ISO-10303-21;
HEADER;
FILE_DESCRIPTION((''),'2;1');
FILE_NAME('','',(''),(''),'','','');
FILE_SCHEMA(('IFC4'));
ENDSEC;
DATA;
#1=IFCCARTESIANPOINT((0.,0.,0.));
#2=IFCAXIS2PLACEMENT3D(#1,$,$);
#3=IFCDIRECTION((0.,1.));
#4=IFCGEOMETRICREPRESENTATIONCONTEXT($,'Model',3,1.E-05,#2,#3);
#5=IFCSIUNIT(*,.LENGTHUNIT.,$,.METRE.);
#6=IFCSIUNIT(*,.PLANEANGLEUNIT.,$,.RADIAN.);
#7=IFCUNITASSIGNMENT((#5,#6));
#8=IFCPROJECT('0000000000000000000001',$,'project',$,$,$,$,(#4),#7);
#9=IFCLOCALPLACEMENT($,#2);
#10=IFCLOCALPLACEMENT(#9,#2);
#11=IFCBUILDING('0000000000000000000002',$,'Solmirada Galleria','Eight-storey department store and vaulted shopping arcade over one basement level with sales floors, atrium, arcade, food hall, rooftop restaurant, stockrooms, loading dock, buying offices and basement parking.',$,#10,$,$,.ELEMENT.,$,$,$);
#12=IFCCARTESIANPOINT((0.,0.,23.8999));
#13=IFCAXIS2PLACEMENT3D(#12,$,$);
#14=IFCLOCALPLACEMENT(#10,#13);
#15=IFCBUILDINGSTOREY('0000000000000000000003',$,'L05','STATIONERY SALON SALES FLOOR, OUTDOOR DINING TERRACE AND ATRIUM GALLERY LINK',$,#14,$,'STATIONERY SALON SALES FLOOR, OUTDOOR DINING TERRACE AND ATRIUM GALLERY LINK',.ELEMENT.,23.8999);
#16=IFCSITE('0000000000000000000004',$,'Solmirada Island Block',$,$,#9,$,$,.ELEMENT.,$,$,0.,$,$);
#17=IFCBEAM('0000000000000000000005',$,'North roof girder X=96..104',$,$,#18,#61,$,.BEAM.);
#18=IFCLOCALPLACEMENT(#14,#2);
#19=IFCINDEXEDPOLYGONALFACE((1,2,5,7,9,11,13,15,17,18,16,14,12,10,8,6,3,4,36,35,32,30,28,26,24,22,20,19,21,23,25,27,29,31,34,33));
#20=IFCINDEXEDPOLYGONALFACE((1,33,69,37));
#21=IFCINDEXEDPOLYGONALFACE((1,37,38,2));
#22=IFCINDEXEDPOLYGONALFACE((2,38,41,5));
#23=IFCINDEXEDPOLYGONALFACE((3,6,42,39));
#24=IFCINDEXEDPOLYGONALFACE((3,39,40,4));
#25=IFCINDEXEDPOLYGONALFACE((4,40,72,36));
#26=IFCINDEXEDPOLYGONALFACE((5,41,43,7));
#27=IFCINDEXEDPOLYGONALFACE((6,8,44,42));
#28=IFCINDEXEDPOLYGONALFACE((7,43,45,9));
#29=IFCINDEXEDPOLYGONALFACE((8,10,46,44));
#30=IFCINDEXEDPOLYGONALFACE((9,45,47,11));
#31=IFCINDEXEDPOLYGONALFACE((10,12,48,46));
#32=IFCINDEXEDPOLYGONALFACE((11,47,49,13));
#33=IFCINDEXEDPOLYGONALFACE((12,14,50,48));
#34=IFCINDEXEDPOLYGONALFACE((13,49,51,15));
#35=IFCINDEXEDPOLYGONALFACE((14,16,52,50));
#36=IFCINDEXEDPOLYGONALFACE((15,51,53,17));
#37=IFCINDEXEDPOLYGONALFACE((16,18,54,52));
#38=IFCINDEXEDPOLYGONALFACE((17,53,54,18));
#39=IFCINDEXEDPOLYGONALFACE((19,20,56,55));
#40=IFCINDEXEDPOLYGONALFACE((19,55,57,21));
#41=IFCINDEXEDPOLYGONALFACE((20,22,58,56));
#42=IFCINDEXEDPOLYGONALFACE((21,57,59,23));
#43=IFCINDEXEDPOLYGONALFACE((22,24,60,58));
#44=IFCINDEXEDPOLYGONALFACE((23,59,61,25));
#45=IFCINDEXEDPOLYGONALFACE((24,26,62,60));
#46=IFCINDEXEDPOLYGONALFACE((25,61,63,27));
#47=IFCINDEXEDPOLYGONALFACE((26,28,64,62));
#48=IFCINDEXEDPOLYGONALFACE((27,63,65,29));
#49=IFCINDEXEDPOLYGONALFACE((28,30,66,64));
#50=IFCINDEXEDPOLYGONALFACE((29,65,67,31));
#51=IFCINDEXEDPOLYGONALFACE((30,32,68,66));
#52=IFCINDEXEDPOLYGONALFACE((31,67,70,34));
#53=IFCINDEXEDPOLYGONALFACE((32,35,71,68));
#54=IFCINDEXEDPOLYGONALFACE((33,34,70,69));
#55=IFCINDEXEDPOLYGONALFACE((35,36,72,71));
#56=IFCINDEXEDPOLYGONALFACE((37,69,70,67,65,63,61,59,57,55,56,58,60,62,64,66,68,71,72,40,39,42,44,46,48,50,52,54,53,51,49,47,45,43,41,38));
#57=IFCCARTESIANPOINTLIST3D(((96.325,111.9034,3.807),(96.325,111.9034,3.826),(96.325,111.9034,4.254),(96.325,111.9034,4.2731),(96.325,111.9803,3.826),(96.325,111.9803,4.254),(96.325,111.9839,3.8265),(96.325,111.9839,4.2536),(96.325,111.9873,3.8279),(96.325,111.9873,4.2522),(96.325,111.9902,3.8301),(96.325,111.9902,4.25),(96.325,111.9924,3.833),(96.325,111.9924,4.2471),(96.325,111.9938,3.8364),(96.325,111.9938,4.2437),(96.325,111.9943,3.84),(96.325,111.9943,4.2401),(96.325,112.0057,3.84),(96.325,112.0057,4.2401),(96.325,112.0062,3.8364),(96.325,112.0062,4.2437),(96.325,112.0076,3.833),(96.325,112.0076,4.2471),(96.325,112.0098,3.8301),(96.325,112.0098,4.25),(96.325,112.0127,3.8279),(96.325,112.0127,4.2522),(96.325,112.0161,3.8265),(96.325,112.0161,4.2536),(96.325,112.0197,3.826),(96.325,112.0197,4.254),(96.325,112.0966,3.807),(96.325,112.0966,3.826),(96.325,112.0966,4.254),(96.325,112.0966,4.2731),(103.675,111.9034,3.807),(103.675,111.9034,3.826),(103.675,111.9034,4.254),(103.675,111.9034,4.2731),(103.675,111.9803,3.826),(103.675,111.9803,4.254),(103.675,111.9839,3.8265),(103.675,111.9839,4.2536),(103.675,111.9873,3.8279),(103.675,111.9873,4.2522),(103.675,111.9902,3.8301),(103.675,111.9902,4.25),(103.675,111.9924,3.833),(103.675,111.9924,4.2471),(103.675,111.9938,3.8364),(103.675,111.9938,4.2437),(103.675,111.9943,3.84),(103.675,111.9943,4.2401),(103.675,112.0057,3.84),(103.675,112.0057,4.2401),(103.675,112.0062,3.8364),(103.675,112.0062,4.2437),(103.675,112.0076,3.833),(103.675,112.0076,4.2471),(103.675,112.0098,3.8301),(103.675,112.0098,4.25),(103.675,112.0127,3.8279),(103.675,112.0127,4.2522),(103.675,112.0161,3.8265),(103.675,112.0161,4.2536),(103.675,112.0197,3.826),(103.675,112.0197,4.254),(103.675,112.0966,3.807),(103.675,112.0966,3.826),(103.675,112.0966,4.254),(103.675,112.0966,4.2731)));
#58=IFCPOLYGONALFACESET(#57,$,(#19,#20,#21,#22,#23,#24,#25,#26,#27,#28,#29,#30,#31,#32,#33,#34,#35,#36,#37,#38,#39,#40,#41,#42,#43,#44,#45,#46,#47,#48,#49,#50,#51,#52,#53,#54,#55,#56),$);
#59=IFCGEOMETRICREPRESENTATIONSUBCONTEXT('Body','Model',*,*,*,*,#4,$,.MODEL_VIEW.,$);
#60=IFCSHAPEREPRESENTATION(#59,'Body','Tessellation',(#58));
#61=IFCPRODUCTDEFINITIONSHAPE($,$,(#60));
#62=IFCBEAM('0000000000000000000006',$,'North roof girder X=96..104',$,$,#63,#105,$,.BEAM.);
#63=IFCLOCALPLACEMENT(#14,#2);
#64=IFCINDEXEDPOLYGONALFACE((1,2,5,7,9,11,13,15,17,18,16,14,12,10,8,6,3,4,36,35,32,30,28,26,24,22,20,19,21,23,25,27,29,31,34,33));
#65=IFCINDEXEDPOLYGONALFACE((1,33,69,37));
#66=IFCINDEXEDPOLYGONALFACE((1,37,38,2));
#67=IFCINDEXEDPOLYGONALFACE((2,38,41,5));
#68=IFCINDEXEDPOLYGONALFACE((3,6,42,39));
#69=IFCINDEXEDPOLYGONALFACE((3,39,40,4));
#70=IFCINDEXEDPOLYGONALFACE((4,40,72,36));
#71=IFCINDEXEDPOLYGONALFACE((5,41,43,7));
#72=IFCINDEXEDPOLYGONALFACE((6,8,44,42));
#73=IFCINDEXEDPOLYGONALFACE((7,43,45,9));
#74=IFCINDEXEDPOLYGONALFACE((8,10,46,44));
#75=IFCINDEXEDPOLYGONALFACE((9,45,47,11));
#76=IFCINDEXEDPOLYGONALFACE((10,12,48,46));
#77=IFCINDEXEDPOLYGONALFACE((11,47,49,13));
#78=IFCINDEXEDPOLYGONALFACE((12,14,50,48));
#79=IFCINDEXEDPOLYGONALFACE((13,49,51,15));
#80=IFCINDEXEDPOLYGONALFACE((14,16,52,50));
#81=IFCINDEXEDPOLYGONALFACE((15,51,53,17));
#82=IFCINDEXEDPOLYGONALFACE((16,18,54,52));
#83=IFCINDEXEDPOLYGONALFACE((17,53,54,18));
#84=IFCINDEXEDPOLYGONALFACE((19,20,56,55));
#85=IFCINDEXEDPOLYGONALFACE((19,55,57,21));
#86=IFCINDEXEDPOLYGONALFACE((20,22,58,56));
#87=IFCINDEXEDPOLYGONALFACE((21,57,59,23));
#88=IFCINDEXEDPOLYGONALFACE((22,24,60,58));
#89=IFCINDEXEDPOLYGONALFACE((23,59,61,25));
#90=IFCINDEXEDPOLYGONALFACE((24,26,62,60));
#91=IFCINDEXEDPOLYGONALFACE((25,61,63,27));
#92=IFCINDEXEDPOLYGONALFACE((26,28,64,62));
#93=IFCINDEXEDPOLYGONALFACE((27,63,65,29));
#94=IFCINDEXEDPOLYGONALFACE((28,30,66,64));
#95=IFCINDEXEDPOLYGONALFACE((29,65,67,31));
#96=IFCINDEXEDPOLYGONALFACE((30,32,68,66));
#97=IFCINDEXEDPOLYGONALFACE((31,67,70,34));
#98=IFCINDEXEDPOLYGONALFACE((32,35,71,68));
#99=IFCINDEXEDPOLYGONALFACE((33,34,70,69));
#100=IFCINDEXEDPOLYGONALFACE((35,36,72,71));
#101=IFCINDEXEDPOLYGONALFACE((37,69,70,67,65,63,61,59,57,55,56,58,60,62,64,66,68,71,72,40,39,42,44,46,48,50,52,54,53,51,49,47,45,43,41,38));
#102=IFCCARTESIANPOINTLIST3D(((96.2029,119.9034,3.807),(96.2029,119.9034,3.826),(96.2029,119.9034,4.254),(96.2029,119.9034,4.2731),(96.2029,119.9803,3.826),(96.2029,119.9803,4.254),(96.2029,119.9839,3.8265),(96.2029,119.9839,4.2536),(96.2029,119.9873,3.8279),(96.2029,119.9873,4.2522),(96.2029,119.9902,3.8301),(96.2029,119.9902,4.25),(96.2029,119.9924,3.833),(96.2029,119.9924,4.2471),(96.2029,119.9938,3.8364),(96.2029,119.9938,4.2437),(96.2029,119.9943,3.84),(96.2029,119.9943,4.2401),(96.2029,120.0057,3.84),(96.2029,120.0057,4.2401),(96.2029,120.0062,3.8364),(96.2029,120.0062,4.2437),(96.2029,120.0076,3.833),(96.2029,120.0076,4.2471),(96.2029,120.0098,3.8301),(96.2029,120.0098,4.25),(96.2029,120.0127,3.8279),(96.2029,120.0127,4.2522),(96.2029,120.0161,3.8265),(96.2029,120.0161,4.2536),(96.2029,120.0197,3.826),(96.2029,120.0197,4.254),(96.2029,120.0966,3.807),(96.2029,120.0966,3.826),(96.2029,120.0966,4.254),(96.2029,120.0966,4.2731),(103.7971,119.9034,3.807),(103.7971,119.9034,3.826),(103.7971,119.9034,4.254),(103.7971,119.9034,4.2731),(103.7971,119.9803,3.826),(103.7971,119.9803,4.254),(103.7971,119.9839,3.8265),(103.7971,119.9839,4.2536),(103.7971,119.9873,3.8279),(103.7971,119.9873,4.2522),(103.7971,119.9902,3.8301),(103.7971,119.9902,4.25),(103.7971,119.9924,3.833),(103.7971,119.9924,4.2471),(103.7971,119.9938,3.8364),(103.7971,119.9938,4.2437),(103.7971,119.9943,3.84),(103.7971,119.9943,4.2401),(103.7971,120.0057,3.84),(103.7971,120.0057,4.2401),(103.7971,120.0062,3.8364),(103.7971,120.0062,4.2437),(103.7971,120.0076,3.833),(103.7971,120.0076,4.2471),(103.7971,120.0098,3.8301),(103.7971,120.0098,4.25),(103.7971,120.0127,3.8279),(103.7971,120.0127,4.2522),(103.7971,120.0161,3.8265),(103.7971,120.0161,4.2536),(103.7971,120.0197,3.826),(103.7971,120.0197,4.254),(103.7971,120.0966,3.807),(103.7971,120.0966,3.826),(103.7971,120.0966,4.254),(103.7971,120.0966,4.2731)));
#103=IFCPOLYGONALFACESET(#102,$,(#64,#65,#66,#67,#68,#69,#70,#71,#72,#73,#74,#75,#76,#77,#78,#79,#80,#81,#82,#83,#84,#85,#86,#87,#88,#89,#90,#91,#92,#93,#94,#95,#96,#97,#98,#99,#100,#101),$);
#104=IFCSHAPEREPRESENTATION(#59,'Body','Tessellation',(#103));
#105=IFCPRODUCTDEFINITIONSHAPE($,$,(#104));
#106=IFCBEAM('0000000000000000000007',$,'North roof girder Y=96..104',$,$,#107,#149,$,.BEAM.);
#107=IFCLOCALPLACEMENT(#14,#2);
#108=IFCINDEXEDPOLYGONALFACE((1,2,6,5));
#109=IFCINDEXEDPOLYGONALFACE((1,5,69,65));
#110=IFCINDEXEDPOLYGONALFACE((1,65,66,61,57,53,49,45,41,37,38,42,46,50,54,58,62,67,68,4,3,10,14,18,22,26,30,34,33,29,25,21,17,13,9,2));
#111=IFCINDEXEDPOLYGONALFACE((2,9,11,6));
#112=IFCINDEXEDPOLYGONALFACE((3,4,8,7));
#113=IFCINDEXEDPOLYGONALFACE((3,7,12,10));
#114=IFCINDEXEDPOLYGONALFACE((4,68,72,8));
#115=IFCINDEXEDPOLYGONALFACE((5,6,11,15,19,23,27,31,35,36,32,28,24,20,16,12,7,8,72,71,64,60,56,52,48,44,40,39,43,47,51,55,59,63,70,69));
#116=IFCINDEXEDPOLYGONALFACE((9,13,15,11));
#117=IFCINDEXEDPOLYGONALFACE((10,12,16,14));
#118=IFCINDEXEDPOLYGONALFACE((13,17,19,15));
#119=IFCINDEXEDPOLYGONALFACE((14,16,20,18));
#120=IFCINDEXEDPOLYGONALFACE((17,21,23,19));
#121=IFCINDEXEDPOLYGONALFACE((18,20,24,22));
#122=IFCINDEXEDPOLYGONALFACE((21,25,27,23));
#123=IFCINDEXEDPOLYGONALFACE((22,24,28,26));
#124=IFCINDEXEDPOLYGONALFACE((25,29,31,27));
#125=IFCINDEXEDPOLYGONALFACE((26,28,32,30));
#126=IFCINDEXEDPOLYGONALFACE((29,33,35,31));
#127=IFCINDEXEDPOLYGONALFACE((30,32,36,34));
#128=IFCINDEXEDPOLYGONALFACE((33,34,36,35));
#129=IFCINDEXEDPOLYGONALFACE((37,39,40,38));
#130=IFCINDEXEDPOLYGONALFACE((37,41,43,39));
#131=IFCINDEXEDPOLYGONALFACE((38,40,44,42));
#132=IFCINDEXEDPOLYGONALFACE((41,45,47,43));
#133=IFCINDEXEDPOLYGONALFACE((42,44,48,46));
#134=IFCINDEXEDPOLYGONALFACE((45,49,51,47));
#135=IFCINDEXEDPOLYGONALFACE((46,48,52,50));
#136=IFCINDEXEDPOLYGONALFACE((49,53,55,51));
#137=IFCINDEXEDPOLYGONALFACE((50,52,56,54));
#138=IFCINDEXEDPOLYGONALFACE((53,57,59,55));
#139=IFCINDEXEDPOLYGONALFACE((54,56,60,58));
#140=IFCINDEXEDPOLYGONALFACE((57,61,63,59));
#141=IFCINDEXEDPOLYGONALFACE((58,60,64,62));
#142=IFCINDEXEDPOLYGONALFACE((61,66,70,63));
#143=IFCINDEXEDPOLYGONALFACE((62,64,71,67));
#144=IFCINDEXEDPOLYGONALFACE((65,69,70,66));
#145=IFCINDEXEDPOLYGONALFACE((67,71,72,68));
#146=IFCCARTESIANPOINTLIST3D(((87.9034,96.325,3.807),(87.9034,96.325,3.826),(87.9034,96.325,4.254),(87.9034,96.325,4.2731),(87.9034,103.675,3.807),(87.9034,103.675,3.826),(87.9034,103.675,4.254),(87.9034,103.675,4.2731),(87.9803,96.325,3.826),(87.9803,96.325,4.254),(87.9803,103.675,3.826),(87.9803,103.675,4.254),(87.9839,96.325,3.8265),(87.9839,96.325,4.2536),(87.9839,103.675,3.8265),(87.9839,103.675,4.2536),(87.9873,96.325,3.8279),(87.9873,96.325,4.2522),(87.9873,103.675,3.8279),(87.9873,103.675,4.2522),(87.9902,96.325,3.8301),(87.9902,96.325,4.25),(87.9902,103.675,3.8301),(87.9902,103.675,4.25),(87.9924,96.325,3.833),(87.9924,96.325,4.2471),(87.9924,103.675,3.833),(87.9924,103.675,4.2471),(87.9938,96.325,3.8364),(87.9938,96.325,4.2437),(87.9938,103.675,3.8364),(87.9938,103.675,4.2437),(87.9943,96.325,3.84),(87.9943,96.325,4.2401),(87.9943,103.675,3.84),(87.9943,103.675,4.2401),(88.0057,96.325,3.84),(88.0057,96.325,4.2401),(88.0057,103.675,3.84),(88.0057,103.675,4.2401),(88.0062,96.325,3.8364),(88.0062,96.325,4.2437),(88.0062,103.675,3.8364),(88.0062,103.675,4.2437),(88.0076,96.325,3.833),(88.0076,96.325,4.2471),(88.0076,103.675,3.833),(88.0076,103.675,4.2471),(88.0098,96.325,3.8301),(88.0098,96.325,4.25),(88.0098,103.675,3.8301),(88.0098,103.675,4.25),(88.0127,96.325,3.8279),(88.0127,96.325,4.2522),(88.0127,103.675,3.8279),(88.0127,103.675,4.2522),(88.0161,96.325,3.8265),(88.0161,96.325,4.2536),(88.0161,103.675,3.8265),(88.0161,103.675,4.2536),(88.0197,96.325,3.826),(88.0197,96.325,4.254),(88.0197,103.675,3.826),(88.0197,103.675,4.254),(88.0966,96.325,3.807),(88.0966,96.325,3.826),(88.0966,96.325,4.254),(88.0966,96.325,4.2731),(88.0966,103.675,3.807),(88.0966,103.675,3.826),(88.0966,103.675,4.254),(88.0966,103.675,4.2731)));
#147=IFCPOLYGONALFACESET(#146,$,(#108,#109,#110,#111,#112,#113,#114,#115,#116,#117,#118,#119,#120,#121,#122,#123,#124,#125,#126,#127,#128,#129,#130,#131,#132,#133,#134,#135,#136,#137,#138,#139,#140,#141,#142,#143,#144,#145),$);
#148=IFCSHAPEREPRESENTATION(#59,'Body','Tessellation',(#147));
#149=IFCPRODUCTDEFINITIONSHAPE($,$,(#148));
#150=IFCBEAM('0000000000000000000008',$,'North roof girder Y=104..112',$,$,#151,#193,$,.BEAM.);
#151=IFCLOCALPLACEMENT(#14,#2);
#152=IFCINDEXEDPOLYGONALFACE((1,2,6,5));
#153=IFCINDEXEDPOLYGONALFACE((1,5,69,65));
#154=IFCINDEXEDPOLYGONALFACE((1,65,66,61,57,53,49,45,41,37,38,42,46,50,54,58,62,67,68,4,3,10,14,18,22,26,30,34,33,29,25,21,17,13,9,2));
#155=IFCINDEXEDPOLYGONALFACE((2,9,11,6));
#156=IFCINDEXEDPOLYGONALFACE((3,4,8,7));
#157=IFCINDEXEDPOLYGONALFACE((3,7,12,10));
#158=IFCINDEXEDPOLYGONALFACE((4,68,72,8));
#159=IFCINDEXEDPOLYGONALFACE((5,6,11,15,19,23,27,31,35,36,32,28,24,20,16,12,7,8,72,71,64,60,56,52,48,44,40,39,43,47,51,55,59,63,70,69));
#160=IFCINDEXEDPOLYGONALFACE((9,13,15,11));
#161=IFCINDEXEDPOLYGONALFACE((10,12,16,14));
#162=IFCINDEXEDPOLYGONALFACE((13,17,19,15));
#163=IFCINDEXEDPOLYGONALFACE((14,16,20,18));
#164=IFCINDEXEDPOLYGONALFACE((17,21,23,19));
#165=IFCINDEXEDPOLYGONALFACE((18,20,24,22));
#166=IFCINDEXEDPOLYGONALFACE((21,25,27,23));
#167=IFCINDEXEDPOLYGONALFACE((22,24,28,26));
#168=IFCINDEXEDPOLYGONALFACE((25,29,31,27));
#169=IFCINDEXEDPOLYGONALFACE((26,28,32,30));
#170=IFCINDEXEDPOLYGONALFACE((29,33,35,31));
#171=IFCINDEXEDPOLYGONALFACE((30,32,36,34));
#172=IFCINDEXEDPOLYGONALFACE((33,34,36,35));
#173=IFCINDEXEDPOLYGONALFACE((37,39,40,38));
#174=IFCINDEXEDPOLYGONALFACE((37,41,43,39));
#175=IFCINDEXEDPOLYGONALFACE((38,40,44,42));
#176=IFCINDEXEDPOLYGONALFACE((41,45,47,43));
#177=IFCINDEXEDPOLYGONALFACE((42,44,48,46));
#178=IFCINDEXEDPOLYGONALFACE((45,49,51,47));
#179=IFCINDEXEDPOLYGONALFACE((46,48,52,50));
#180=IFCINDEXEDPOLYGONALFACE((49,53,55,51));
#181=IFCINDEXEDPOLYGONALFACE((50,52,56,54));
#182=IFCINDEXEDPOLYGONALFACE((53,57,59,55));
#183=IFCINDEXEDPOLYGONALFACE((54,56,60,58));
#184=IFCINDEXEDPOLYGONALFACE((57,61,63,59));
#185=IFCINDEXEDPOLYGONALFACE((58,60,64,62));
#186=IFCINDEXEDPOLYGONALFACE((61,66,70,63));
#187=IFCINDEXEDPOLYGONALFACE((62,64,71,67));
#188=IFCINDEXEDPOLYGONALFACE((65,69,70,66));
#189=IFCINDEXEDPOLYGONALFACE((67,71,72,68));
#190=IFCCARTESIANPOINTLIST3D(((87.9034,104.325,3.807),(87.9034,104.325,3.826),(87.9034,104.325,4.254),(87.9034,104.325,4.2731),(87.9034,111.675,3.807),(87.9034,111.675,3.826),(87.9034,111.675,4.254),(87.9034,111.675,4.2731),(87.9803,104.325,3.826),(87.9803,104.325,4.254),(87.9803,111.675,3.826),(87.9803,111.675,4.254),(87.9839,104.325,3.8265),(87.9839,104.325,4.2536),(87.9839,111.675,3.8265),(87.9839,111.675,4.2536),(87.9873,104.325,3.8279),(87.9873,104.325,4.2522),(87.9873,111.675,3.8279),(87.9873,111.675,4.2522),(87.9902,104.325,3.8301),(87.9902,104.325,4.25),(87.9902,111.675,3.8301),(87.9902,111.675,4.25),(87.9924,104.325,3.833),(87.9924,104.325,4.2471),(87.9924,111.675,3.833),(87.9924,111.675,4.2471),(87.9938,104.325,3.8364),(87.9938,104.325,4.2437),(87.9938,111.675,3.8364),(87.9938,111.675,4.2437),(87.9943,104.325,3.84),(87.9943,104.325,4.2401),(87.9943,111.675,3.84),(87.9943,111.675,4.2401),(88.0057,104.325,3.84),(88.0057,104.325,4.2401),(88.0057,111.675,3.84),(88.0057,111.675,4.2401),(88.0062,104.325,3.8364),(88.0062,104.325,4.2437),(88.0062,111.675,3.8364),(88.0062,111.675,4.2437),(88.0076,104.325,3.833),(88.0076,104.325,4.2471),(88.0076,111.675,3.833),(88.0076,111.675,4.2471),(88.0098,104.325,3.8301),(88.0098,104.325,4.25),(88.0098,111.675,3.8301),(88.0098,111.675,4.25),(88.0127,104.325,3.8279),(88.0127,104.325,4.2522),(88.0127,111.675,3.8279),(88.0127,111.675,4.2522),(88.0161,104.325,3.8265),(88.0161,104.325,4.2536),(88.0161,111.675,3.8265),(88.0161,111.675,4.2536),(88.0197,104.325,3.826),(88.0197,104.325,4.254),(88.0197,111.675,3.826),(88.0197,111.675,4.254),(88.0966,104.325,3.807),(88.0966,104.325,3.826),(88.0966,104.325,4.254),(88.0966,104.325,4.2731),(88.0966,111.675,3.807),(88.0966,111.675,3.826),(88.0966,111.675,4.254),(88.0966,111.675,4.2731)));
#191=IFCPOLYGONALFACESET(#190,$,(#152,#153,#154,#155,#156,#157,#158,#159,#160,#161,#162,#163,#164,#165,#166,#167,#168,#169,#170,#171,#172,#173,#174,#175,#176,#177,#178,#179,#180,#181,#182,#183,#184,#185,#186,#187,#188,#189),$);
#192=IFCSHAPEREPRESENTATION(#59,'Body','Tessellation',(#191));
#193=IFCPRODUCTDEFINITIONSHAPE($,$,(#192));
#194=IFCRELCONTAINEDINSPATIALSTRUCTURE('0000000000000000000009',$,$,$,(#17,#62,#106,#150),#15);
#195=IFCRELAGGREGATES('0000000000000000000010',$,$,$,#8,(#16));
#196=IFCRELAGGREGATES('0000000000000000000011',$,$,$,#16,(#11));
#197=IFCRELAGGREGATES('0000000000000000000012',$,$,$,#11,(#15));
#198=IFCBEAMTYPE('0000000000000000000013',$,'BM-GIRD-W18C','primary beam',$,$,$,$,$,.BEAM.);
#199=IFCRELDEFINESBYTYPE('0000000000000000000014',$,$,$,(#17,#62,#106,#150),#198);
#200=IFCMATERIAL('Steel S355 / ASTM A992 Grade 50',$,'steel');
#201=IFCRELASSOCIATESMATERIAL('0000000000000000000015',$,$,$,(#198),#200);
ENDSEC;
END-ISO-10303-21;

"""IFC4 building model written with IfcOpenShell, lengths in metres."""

from ifc_helpers import new_model, si_unit, direction, frame, origin, origin_2d, place, context, subcontext, project, spatial, i_section, extrude, material, material_profile, profile_set, type_object, element, save


model = new_model("IFC4")

# Units and contexts
model_context = context("Model", 3, precision=1e-05, world=origin(), true_north=direction((0.0, 1.0)))
body_context = subcontext(model_context, "Body", "Model", "MODEL_VIEW")
ifc_project = project(units=[si_unit("LENGTHUNIT", "METRE"), si_unit("PLANEANGLEUNIT", "RADIAN")], contexts=[model_context])

# Site, building, storey
site_placement = place(None, origin())
site = spatial("IfcSite", under=ifc_project, at=site_placement, Name="Solmirada Island Block", CompositionType="ELEMENT", RefElevation=0.0)
building_placement = place(site_placement, origin())
building = spatial("IfcBuilding", under=site, at=building_placement, Name="Solmirada Galleria", Description="Eight-storey department store and vaulted shopping arcade over one basement level with sales floors, atrium, arcade, food hall, rooftop restaurant, stockrooms, loading dock, buying offices and basement parking.", CompositionType="ELEMENT")
storey_placement = place(building_placement, frame((0.0, 0.0, 23.8999)))
storey = spatial("IfcBuildingStorey", under=building, at=storey_placement, Name="L05", Description="STATIONERY SALON SALES FLOOR, OUTDOOR DINING TERRACE AND ATRIUM GALLERY LINK", LongName="STATIONERY SALON SALES FLOOR, OUTDOOR DINING TERRACE AND ATRIUM GALLERY LINK", CompositionType="ELEMENT", Elevation=23.8999)

# Beams
ifc_material_1 = material(Name="Steel S355 / ASTM A992 Grade 50", Category="steel")
ifc_material_profile_1 = material_profile(ifc_material_1, i_section(OverallWidth=0.1931, OverallDepth=0.4661, WebThickness=0.0115, FlangeThickness=0.019, FilletRadius=0.0139, at=origin_2d()), Name="W18X65")
ifc_profile_set_1 = profile_set([ifc_material_profile_1], Name="Steel S355 / ASTM A992 Grade 50")
beam_type = type_object("IfcBeamType", Name="BM-GIRD-W18C", Description="primary beam", PredefinedType="BEAM", material=ifc_profile_set_1)
for number, where, z_axis, x_axis, name in (
    (1, (96.325, 112.0, 4.04), (1.0, 0.0, 0.0), (0.0, 1.0, 0.0), "North roof girder X=96..104"),
):
    element("IfcBeam", number, at=place(storey_placement, frame(where, z_axis=z_axis, x_axis=x_axis)), inside=storey, type_object=beam_type, Name=name, PredefinedType="BEAM", context=body_context, shape_type="SweptSolid", body=[
        extrude(i_section(OverallWidth=0.1931, OverallDepth=0.4661, WebThickness=0.0115, FlangeThickness=0.019, FilletRadius=0.0139, at=origin_2d()), origin(), (0.0, 0.0, 1.0), 7.3501),
    ])
beam_1_placement = place(storey_placement, frame((96.2029, 120.0, 4.04), z_axis=(1.0, 0.0, 0.0), x_axis=(0.0, 1.0, 0.0)))
element("IfcBeam", 2, at=beam_1_placement, inside=storey, type_object=beam_type, Name="North roof girder X=96..104", PredefinedType="BEAM", context=body_context, shape_type="SweptSolid", body=[
    extrude(i_section(OverallWidth=0.1931, OverallDepth=0.4661, WebThickness=0.0115, FlangeThickness=0.019, FilletRadius=0.0139, at=origin_2d()), origin(), (0.0, 0.0, 1.0), 7.5942),
])
for number, where, z_axis, x_axis, name in (
    (3, (88.0, 96.325, 4.04), (0.0, 1.0, 0.0), (-1.0, 0.0, 0.0), "North roof girder Y=96..104"),
    (4, (88.0, 104.325, 4.04), (0.0, 1.0, 0.0), (-1.0, 0.0, 0.0), "North roof girder Y=104..112"),
):
    element("IfcBeam", number, at=place(storey_placement, frame(where, z_axis=z_axis, x_axis=x_axis)), inside=storey, type_object=beam_type, Name=name, PredefinedType="BEAM", context=body_context, shape_type="SweptSolid", body=[
        extrude(i_section(OverallWidth=0.1931, OverallDepth=0.4661, WebThickness=0.0115, FlangeThickness=0.019, FilletRadius=0.0139, at=origin_2d()), origin(), (0.0, 0.0, 1.0), 7.3501),
    ])

save(model, "model.ifc")
